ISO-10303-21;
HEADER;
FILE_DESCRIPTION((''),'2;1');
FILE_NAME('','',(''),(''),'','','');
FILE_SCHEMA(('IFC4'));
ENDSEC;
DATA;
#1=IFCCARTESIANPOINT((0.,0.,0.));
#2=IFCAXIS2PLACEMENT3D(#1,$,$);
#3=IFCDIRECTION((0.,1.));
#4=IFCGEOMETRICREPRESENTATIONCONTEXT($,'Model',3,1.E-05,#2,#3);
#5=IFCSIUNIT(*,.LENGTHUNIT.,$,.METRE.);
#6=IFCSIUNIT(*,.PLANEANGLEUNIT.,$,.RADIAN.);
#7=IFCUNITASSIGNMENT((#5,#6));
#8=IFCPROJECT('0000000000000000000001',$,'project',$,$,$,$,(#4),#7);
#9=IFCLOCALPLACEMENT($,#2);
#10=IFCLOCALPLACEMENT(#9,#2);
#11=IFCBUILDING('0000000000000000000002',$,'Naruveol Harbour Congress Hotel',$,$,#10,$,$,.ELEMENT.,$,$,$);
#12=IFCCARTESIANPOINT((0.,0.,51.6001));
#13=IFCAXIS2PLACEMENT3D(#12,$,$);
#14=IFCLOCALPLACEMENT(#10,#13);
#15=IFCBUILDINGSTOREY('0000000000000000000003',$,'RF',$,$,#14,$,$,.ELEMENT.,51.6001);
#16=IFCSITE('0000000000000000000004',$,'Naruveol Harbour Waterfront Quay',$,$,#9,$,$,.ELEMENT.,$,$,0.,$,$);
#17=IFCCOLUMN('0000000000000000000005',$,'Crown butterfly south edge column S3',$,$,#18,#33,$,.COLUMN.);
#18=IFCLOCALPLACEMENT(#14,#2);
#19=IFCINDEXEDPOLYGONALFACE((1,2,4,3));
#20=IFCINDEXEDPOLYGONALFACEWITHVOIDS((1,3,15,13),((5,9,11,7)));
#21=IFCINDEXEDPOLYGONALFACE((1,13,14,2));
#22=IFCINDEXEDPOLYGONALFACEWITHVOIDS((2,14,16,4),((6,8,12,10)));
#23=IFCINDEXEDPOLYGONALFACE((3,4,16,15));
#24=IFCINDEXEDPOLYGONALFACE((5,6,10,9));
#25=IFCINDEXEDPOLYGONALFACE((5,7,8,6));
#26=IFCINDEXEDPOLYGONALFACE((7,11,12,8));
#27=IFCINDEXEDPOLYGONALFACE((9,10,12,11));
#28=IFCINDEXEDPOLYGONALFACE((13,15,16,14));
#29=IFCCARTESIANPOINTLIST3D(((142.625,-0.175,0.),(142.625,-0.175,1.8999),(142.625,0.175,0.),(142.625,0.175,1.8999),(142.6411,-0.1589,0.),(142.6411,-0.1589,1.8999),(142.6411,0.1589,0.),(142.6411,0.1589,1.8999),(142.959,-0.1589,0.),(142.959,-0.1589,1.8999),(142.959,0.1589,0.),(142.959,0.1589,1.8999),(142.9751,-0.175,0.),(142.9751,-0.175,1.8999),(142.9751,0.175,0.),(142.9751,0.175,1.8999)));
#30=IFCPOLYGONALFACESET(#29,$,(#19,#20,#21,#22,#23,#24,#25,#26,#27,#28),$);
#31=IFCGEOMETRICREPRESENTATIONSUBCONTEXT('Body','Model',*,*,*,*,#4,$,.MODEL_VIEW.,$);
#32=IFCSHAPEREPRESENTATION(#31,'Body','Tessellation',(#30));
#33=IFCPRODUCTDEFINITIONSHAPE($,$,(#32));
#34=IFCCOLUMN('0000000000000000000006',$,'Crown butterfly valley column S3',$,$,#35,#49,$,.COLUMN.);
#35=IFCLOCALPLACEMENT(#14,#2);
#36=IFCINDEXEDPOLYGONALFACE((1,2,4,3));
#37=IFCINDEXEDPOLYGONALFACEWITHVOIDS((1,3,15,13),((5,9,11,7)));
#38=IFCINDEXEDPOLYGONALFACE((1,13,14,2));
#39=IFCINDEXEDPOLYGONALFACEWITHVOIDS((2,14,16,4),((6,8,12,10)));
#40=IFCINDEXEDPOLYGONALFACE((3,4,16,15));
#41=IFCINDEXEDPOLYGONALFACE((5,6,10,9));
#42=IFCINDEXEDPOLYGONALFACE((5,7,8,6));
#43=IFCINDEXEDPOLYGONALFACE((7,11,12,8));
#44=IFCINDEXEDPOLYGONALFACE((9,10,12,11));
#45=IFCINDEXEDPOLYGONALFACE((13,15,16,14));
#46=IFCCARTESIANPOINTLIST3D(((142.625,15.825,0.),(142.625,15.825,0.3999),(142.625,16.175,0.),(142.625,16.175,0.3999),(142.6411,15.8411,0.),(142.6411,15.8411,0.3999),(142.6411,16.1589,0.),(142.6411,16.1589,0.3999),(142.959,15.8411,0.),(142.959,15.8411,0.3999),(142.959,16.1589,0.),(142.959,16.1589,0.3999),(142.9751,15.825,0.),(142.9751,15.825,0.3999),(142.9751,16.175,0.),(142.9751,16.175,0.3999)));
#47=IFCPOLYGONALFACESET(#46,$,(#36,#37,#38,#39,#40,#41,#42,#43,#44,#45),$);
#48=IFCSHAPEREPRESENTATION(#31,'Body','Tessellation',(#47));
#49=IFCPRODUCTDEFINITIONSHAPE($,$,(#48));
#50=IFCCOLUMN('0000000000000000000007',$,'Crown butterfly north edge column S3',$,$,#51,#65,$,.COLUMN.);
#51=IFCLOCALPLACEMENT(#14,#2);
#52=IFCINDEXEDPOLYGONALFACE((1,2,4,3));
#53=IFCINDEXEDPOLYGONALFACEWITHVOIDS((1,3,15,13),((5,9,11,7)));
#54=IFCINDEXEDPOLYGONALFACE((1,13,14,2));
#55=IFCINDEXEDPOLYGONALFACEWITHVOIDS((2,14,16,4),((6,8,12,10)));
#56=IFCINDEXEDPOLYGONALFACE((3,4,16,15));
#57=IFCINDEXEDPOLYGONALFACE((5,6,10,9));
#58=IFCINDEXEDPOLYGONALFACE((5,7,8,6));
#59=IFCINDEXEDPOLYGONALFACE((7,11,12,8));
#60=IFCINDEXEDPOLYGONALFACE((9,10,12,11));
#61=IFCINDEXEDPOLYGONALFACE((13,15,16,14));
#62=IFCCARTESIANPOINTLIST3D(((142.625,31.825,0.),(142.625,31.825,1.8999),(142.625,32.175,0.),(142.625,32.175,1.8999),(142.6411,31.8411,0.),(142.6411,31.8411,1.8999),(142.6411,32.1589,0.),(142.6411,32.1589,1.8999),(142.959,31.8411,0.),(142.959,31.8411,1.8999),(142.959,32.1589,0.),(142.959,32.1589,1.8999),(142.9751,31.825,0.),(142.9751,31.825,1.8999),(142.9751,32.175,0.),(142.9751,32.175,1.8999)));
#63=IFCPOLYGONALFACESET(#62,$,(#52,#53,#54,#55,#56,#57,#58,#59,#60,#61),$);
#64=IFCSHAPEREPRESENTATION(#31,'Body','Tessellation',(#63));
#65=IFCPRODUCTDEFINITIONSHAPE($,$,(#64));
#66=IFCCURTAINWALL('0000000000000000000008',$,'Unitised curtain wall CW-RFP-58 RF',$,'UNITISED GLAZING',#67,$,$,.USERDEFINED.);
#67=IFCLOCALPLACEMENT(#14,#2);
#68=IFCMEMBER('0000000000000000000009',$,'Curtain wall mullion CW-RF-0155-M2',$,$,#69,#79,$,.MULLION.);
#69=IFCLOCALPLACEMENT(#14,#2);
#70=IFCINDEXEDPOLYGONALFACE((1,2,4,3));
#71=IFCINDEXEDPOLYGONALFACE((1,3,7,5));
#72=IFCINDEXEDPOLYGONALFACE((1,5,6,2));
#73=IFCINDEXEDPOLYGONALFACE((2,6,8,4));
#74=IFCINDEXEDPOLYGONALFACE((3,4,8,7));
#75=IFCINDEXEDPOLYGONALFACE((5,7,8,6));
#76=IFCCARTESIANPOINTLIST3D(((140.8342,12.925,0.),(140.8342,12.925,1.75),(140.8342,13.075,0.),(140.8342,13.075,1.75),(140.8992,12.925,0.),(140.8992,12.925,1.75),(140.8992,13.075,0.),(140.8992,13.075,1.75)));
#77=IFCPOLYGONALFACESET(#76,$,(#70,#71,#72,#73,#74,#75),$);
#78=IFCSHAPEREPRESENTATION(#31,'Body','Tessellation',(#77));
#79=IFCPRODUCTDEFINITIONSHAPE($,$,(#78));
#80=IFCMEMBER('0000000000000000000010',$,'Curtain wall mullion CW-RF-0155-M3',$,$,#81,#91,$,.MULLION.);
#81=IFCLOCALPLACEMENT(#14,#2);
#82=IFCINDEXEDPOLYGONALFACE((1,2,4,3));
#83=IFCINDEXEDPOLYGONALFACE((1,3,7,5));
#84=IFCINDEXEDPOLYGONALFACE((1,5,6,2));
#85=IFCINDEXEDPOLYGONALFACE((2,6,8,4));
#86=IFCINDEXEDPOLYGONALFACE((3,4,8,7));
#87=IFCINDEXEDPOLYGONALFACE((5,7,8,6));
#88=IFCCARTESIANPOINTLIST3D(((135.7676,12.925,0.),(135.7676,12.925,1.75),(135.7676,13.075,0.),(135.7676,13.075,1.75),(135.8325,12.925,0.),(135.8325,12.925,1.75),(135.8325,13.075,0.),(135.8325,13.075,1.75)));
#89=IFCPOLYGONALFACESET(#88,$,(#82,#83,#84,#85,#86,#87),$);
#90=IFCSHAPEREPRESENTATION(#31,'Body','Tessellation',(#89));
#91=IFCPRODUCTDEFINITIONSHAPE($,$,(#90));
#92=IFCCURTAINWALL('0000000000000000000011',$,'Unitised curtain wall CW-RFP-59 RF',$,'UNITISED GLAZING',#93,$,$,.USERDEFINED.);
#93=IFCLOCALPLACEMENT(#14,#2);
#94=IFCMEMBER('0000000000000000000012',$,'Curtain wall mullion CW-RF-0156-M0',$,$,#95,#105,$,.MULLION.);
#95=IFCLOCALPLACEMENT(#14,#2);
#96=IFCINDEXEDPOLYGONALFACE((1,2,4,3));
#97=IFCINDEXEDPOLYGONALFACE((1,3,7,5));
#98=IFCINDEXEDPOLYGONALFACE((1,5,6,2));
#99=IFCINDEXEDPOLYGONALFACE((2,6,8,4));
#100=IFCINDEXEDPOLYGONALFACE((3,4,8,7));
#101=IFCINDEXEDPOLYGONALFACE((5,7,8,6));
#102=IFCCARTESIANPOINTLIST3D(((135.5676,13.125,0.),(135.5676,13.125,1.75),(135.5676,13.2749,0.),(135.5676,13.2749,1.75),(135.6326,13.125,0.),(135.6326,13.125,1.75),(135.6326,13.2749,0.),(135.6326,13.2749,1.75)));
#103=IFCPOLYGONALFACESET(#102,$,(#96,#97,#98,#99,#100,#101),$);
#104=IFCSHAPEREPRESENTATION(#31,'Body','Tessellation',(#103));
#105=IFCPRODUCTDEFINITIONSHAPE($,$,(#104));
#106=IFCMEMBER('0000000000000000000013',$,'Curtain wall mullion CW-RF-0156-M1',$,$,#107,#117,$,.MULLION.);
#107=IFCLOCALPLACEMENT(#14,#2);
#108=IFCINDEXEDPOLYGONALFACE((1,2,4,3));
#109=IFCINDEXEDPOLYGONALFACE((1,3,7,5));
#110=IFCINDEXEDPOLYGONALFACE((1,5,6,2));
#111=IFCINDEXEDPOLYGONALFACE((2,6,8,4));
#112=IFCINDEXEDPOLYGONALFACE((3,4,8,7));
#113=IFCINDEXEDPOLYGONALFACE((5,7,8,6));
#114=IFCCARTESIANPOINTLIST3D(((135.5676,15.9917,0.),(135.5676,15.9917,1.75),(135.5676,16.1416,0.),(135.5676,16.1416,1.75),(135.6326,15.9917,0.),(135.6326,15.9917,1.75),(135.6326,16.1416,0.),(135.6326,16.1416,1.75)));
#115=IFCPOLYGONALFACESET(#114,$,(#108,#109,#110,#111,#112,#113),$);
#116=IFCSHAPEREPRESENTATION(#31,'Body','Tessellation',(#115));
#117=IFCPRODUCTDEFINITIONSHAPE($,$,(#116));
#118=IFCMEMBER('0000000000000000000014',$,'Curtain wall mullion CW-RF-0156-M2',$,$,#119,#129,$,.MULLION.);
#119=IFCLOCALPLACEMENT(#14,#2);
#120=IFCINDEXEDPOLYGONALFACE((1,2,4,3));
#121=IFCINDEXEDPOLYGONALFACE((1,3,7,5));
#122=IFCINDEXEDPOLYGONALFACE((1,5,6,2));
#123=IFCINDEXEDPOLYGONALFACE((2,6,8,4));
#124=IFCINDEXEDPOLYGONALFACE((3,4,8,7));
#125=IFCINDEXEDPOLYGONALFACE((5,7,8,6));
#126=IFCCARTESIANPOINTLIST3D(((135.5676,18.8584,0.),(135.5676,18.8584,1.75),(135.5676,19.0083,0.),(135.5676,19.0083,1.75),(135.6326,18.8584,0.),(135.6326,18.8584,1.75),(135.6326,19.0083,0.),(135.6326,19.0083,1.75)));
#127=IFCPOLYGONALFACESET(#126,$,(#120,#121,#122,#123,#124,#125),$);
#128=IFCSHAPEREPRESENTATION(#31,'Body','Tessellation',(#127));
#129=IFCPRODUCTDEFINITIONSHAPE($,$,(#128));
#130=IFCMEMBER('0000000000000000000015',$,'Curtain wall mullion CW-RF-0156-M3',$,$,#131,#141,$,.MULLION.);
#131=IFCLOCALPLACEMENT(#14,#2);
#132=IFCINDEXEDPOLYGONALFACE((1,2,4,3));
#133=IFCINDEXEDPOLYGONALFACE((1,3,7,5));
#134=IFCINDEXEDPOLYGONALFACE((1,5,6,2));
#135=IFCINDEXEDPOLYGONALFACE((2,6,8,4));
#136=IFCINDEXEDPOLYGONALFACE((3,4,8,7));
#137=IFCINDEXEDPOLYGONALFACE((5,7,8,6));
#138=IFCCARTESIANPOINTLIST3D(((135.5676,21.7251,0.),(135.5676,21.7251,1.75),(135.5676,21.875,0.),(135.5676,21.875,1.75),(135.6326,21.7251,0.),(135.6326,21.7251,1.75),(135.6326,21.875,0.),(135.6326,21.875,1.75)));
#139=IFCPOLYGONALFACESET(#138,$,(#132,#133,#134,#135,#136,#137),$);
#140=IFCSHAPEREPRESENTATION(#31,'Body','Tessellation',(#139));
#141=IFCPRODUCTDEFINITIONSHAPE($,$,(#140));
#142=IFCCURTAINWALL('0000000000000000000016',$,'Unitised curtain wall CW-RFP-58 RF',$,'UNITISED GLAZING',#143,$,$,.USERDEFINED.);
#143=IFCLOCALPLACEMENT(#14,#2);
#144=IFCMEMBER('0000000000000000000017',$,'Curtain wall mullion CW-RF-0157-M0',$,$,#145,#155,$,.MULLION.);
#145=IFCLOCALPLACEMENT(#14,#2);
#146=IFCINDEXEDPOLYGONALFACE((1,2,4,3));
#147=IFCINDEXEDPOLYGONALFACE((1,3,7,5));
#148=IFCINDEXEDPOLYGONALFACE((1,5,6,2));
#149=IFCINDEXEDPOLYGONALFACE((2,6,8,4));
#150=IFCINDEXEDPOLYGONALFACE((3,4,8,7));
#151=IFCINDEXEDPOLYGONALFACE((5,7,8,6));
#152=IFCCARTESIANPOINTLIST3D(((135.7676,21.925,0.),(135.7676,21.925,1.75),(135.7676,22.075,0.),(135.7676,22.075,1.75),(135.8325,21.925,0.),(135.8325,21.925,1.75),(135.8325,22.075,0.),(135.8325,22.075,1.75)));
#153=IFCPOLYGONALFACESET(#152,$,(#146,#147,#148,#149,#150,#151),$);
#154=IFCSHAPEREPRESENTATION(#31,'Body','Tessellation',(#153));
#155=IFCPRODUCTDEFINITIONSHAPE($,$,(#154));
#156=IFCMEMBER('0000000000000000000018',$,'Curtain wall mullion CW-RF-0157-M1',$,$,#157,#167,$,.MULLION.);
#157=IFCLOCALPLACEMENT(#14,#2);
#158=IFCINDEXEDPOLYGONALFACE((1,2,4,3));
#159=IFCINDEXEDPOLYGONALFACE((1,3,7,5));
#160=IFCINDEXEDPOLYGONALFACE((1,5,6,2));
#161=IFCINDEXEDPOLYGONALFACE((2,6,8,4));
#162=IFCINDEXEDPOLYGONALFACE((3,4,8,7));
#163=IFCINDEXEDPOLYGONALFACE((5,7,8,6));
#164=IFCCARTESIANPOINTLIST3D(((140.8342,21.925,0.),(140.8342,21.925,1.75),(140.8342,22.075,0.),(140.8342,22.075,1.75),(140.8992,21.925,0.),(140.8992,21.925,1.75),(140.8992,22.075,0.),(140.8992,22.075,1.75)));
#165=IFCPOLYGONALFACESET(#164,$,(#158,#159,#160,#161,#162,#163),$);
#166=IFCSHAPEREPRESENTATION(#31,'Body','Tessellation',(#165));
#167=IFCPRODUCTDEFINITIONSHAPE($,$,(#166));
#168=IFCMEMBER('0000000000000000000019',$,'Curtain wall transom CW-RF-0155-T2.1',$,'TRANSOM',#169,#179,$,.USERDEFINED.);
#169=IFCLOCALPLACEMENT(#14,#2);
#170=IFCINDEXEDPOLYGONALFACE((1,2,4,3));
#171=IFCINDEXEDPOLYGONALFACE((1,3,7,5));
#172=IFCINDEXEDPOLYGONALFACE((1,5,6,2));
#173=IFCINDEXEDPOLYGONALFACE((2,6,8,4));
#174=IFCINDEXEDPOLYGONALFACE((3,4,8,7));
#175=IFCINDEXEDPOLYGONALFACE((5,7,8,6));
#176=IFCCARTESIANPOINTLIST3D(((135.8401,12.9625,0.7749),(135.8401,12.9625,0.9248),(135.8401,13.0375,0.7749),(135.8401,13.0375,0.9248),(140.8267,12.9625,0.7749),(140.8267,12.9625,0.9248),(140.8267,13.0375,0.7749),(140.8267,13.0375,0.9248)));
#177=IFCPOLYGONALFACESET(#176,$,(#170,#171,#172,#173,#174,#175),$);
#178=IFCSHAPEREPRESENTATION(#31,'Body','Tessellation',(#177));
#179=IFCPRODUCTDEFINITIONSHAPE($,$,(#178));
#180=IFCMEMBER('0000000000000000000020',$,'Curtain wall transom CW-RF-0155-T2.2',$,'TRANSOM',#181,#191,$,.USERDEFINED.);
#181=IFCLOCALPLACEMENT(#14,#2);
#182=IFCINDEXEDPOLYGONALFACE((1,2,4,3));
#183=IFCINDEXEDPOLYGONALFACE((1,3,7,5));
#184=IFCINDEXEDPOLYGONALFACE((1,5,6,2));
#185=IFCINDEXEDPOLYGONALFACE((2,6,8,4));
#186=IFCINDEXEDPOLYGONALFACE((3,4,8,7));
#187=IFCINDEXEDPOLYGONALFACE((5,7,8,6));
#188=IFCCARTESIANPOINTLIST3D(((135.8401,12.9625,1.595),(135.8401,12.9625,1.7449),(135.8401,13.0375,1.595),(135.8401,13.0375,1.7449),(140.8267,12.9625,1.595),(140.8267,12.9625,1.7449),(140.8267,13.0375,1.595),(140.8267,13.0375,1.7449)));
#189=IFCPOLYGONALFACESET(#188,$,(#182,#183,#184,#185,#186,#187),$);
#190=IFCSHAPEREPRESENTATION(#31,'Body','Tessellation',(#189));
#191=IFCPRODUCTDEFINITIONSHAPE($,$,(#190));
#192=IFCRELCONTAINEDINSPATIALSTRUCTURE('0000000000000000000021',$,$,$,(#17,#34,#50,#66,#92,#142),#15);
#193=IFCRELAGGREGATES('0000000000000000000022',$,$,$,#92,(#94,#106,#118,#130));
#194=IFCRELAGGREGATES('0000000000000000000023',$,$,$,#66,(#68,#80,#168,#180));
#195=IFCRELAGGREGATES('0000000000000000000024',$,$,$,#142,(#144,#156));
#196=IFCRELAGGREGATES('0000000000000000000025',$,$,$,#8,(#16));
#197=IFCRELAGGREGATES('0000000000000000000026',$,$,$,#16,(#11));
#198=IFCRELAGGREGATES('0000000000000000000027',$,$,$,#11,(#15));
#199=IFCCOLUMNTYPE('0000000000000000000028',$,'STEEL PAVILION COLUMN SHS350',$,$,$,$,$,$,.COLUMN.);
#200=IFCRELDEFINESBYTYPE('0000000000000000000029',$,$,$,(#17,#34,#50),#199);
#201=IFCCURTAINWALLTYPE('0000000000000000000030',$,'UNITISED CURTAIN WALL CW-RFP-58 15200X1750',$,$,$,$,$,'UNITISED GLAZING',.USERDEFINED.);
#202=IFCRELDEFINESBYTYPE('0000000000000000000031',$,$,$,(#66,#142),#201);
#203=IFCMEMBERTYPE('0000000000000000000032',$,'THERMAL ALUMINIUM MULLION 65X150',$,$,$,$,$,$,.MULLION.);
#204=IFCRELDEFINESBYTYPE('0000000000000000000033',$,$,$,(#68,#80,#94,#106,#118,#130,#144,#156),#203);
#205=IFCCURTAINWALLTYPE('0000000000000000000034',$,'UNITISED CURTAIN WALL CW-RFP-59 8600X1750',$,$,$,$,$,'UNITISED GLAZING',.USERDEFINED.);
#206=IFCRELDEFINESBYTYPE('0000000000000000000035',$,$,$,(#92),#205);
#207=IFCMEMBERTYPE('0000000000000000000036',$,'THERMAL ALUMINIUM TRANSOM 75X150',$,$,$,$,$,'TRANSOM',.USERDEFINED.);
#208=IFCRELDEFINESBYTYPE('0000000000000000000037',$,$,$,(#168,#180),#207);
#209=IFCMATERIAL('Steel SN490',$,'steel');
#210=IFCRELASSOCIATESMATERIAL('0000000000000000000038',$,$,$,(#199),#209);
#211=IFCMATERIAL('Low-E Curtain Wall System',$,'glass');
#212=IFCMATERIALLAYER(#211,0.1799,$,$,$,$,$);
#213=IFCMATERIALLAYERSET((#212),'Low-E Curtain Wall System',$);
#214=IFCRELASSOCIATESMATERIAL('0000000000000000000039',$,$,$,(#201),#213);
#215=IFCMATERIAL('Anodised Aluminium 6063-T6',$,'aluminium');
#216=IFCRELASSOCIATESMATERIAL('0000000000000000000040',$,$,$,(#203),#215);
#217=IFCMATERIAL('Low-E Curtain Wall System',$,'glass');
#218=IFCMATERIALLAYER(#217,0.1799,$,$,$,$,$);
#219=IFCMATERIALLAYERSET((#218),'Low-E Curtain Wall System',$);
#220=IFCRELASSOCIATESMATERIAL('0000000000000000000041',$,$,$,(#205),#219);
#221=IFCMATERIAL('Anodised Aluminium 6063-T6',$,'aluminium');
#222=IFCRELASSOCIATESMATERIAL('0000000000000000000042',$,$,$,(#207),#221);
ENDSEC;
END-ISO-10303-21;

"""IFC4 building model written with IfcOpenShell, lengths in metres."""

from ifc_helpers import new_model, si_unit, direction, frame, origin, origin_2d, place, context, subcontext, project, spatial, rectangle, hollow_rectangle, extrude, material, layer, layer_set, material_profile, profile_set, type_object, element, aggregate, save


model = new_model("IFC4")

# Units and contexts
model_context = context("Model", 3, precision=1e-05, world=origin(), true_north=direction((0.0, 1.0)))
body_context = subcontext(model_context, "Body", "Model", "MODEL_VIEW")
ifc_project = project(units=[si_unit("LENGTHUNIT", "METRE"), si_unit("PLANEANGLEUNIT", "RADIAN")], contexts=[model_context])

# Site, building, storey
site_placement = place(None, origin())
site = spatial("IfcSite", under=ifc_project, at=site_placement, Name="Naruveol Harbour Waterfront Quay", CompositionType="ELEMENT", RefElevation=0.0)
building_placement = place(site_placement, origin())
building = spatial("IfcBuilding", under=site, at=building_placement, Name="Naruveol Harbour Congress Hotel", CompositionType="ELEMENT")
storey_placement = place(building_placement, frame((0.0, 0.0, 51.6001)))
storey = spatial("IfcBuildingStorey", under=building, at=storey_placement, Name="RF", CompositionType="ELEMENT", Elevation=51.6001)

# Columns
ifc_material_1 = material(Name="Steel SN490", Category="steel")
ifc_material_profile_1 = material_profile(ifc_material_1, hollow_rectangle(XDim=0.3501, YDim=0.3501, WallThickness=0.0161, at=origin_2d()), Name="SHS-350x350x16")
ifc_profile_set_1 = profile_set([ifc_material_profile_1], Name="Steel SN490")
column_type = type_object("IfcColumnType", Name="STEEL PAVILION COLUMN SHS350", PredefinedType="COLUMN", material=ifc_profile_set_1)
column_1_placement = place(storey_placement, frame((142.8, 0.0, 0.0), z_axis=(0.0, 0.0, 1.0), x_axis=(1.0, 0.0, 0.0)))
element("IfcColumn", 1, at=column_1_placement, inside=storey, type_object=column_type, Name="Crown butterfly south edge column S3", PredefinedType="COLUMN", context=body_context, shape_type="SweptSolid", body=[
    extrude(hollow_rectangle(XDim=0.3501, YDim=0.3501, WallThickness=0.0161, at=origin_2d()), origin(), (0.0, 0.0, 1.0), 1.8999),
])
column_2_placement = place(storey_placement, frame((142.8, 16.0, 0.0), z_axis=(0.0, 0.0, 1.0), x_axis=(1.0, 0.0, 0.0)))
element("IfcColumn", 2, at=column_2_placement, inside=storey, type_object=column_type, Name="Crown butterfly valley column S3", PredefinedType="COLUMN", context=body_context, shape_type="SweptSolid", body=[
    extrude(hollow_rectangle(XDim=0.3501, YDim=0.3501, WallThickness=0.0161, at=origin_2d()), origin(), (0.0, 0.0, 1.0), 0.3999),
])
column_3_placement = place(storey_placement, frame((142.8, 32.0, 0.0), z_axis=(0.0, 0.0, 1.0), x_axis=(1.0, 0.0, 0.0)))
element("IfcColumn", 3, at=column_3_placement, inside=storey, type_object=column_type, Name="Crown butterfly north edge column S3", PredefinedType="COLUMN", context=body_context, shape_type="SweptSolid", body=[
    extrude(hollow_rectangle(XDim=0.3501, YDim=0.3501, WallThickness=0.0161, at=origin_2d()), origin(), (0.0, 0.0, 1.0), 1.8999),
])

# Curtain walls, members
ifc_material_2 = material(Name="Low-E Curtain Wall System", Category="glass")
ifc_layer_1 = layer(ifc_material_2, 0.1799)
ifc_layer_set_1 = layer_set([ifc_layer_1], Name="Low-E Curtain Wall System")
curtain_wall_type_1 = type_object("IfcCurtainWallType", Name="UNITISED CURTAIN WALL CW-RFP-58 15200X1750", ElementType="UNITISED GLAZING", PredefinedType="USERDEFINED", material=ifc_layer_set_1)
curtain_wall_1_placement = place(storey_placement, origin())
curtain_wall_1 = element("IfcCurtainWall", 4, at=curtain_wall_1_placement, inside=storey, type_object=curtain_wall_type_1, Name="Unitised curtain wall CW-RFP-58 RF", ObjectType="UNITISED GLAZING", PredefinedType="USERDEFINED")
ifc_material_3 = material(Name="Anodised Aluminium 6063-T6", Category="aluminium")
ifc_material_profile_2 = material_profile(ifc_material_3, rectangle(XDim=0.0649, YDim=0.1499, at=origin_2d()), Name="ALU-65x150")
ifc_profile_set_2 = profile_set([ifc_material_profile_2], Name="Anodised Aluminium 6063-T6")
member_type_1 = type_object("IfcMemberType", Name="THERMAL ALUMINIUM MULLION 65X150", PredefinedType="MULLION", material=ifc_profile_set_2)
member_1_placement = place(storey_placement, frame((140.8667, 13.0, 0.0), z_axis=(0.0, 0.0, 1.0), x_axis=(1.0, 0.0, 0.0)))
member_1 = element("IfcMember", 5, at=member_1_placement, type_object=member_type_1, Name="Curtain wall mullion CW-RF-0155-M2", PredefinedType="MULLION", context=body_context, shape_type="SweptSolid", body=[
    extrude(rectangle(XDim=0.0649, YDim=0.1499, at=origin_2d()), origin(), (0.0, 0.0, 1.0), 1.75),
])
member_2_placement = place(storey_placement, frame((135.8, 13.0, 0.0), z_axis=(0.0, 0.0, 1.0), x_axis=(1.0, 0.0, 0.0)))
member_2 = element("IfcMember", 6, at=member_2_placement, type_object=member_type_1, Name="Curtain wall mullion CW-RF-0155-M3", PredefinedType="MULLION", context=body_context, shape_type="SweptSolid", body=[
    extrude(rectangle(XDim=0.0649, YDim=0.1499, at=origin_2d()), origin(), (0.0, 0.0, 1.0), 1.75),
])
ifc_material_4 = material(Name="Low-E Curtain Wall System", Category="glass")
ifc_layer_2 = layer(ifc_material_4, 0.1799)
ifc_layer_set_2 = layer_set([ifc_layer_2], Name="Low-E Curtain Wall System")
curtain_wall_type_2 = type_object("IfcCurtainWallType", Name="UNITISED CURTAIN WALL CW-RFP-59 8600X1750", ElementType="UNITISED GLAZING", PredefinedType="USERDEFINED", material=ifc_layer_set_2)
curtain_wall_2_placement = place(storey_placement, origin())
curtain_wall_2 = element("IfcCurtainWall", 7, at=curtain_wall_2_placement, inside=storey, type_object=curtain_wall_type_2, Name="Unitised curtain wall CW-RFP-59 RF", ObjectType="UNITISED GLAZING", PredefinedType="USERDEFINED")
member_3_placement = place(storey_placement, frame((135.6001, 13.2, 0.0), z_axis=(0.0, 0.0, 1.0), x_axis=(1.0, 0.0, 0.0)))
member_3 = element("IfcMember", 8, at=member_3_placement, type_object=member_type_1, Name="Curtain wall mullion CW-RF-0156-M0", PredefinedType="MULLION", context=body_context, shape_type="SweptSolid", body=[
    extrude(rectangle(XDim=0.0649, YDim=0.1499, at=origin_2d()), origin(), (0.0, 0.0, 1.0), 1.75),
])
member_4_placement = place(storey_placement, frame((135.6001, 16.0667, 0.0), z_axis=(0.0, 0.0, 1.0), x_axis=(1.0, 0.0, 0.0)))
member_4 = element("IfcMember", 9, at=member_4_placement, type_object=member_type_1, Name="Curtain wall mullion CW-RF-0156-M1", PredefinedType="MULLION", context=body_context, shape_type="SweptSolid", body=[
    extrude(rectangle(XDim=0.0649, YDim=0.1499, at=origin_2d()), origin(), (0.0, 0.0, 1.0), 1.75),
])
member_5_placement = place(storey_placement, frame((135.6001, 18.9333, 0.0), z_axis=(0.0, 0.0, 1.0), x_axis=(1.0, 0.0, 0.0)))
member_5 = element("IfcMember", 10, at=member_5_placement, type_object=member_type_1, Name="Curtain wall mullion CW-RF-0156-M2", PredefinedType="MULLION", context=body_context, shape_type="SweptSolid", body=[
    extrude(rectangle(XDim=0.0649, YDim=0.1499, at=origin_2d()), origin(), (0.0, 0.0, 1.0), 1.75),
])
member_6_placement = place(storey_placement, frame((135.6001, 21.8, 0.0), z_axis=(0.0, 0.0, 1.0), x_axis=(1.0, 0.0, 0.0)))
member_6 = element("IfcMember", 11, at=member_6_placement, type_object=member_type_1, Name="Curtain wall mullion CW-RF-0156-M3", PredefinedType="MULLION", context=body_context, shape_type="SweptSolid", body=[
    extrude(rectangle(XDim=0.0649, YDim=0.1499, at=origin_2d()), origin(), (0.0, 0.0, 1.0), 1.75),
])
curtain_wall_3_placement = place(storey_placement, origin())
curtain_wall_3 = element("IfcCurtainWall", 12, at=curtain_wall_3_placement, inside=storey, type_object=curtain_wall_type_1, Name="Unitised curtain wall CW-RFP-58 RF", ObjectType="UNITISED GLAZING", PredefinedType="USERDEFINED")
member_7_placement = place(storey_placement, frame((135.8, 22.0, 0.0), z_axis=(0.0, 0.0, 1.0), x_axis=(1.0, 0.0, 0.0)))
member_7 = element("IfcMember", 13, at=member_7_placement, type_object=member_type_1, Name="Curtain wall mullion CW-RF-0157-M0", PredefinedType="MULLION", context=body_context, shape_type="SweptSolid", body=[
    extrude(rectangle(XDim=0.0649, YDim=0.1499, at=origin_2d()), origin(), (0.0, 0.0, 1.0), 1.75),
])
member_8_placement = place(storey_placement, frame((140.8667, 22.0, 0.0), z_axis=(0.0, 0.0, 1.0), x_axis=(1.0, 0.0, 0.0)))
member_8 = element("IfcMember", 14, at=member_8_placement, type_object=member_type_1, Name="Curtain wall mullion CW-RF-0157-M1", PredefinedType="MULLION", context=body_context, shape_type="SweptSolid", body=[
    extrude(rectangle(XDim=0.0649, YDim=0.1499, at=origin_2d()), origin(), (0.0, 0.0, 1.0), 1.75),
])

# Members
ifc_material_5 = material(Name="Anodised Aluminium 6063-T6", Category="aluminium")
ifc_material_profile_3 = material_profile(ifc_material_5, rectangle(XDim=0.075, YDim=0.1499, at=origin_2d()), Name="ALU-75x150")
ifc_profile_set_3 = profile_set([ifc_material_profile_3], Name="Anodised Aluminium 6063-T6")
member_type_2 = type_object("IfcMemberType", Name="THERMAL ALUMINIUM TRANSOM 75X150", ElementType="TRANSOM", PredefinedType="USERDEFINED", material=ifc_profile_set_3)
member_9_placement = place(storey_placement, frame((140.8267, 13.0, 0.8499), z_axis=(-1.0, 0.0, 0.0), x_axis=(0.0, -1.0, 0.0)))
member_9 = element("IfcMember", 15, at=member_9_placement, type_object=member_type_2, Name="Curtain wall transom CW-RF-0155-T2.1", ObjectType="TRANSOM", PredefinedType="USERDEFINED", context=body_context, shape_type="SweptSolid", body=[
    extrude(rectangle(XDim=0.075, YDim=0.1499, at=origin_2d()), origin(), (0.0, 0.0, 1.0), 4.9866),
])
member_10_placement = place(storey_placement, frame((140.8267, 13.0, 1.6699), z_axis=(-1.0, 0.0, 0.0), x_axis=(0.0, -1.0, 0.0)))
member_10 = element("IfcMember", 16, at=member_10_placement, type_object=member_type_2, Name="Curtain wall transom CW-RF-0155-T2.2", ObjectType="TRANSOM", PredefinedType="USERDEFINED", context=body_context, shape_type="SweptSolid", body=[
    extrude(rectangle(XDim=0.075, YDim=0.1499, at=origin_2d()), origin(), (0.0, 0.0, 1.0), 4.9866),
])
aggregate(curtain_wall_2, [member_3, member_4, member_5, member_6])

aggregate(curtain_wall_1, [member_1, member_2, member_9, member_10])
aggregate(curtain_wall_3, [member_7, member_8])

save(model, "model.ifc")
